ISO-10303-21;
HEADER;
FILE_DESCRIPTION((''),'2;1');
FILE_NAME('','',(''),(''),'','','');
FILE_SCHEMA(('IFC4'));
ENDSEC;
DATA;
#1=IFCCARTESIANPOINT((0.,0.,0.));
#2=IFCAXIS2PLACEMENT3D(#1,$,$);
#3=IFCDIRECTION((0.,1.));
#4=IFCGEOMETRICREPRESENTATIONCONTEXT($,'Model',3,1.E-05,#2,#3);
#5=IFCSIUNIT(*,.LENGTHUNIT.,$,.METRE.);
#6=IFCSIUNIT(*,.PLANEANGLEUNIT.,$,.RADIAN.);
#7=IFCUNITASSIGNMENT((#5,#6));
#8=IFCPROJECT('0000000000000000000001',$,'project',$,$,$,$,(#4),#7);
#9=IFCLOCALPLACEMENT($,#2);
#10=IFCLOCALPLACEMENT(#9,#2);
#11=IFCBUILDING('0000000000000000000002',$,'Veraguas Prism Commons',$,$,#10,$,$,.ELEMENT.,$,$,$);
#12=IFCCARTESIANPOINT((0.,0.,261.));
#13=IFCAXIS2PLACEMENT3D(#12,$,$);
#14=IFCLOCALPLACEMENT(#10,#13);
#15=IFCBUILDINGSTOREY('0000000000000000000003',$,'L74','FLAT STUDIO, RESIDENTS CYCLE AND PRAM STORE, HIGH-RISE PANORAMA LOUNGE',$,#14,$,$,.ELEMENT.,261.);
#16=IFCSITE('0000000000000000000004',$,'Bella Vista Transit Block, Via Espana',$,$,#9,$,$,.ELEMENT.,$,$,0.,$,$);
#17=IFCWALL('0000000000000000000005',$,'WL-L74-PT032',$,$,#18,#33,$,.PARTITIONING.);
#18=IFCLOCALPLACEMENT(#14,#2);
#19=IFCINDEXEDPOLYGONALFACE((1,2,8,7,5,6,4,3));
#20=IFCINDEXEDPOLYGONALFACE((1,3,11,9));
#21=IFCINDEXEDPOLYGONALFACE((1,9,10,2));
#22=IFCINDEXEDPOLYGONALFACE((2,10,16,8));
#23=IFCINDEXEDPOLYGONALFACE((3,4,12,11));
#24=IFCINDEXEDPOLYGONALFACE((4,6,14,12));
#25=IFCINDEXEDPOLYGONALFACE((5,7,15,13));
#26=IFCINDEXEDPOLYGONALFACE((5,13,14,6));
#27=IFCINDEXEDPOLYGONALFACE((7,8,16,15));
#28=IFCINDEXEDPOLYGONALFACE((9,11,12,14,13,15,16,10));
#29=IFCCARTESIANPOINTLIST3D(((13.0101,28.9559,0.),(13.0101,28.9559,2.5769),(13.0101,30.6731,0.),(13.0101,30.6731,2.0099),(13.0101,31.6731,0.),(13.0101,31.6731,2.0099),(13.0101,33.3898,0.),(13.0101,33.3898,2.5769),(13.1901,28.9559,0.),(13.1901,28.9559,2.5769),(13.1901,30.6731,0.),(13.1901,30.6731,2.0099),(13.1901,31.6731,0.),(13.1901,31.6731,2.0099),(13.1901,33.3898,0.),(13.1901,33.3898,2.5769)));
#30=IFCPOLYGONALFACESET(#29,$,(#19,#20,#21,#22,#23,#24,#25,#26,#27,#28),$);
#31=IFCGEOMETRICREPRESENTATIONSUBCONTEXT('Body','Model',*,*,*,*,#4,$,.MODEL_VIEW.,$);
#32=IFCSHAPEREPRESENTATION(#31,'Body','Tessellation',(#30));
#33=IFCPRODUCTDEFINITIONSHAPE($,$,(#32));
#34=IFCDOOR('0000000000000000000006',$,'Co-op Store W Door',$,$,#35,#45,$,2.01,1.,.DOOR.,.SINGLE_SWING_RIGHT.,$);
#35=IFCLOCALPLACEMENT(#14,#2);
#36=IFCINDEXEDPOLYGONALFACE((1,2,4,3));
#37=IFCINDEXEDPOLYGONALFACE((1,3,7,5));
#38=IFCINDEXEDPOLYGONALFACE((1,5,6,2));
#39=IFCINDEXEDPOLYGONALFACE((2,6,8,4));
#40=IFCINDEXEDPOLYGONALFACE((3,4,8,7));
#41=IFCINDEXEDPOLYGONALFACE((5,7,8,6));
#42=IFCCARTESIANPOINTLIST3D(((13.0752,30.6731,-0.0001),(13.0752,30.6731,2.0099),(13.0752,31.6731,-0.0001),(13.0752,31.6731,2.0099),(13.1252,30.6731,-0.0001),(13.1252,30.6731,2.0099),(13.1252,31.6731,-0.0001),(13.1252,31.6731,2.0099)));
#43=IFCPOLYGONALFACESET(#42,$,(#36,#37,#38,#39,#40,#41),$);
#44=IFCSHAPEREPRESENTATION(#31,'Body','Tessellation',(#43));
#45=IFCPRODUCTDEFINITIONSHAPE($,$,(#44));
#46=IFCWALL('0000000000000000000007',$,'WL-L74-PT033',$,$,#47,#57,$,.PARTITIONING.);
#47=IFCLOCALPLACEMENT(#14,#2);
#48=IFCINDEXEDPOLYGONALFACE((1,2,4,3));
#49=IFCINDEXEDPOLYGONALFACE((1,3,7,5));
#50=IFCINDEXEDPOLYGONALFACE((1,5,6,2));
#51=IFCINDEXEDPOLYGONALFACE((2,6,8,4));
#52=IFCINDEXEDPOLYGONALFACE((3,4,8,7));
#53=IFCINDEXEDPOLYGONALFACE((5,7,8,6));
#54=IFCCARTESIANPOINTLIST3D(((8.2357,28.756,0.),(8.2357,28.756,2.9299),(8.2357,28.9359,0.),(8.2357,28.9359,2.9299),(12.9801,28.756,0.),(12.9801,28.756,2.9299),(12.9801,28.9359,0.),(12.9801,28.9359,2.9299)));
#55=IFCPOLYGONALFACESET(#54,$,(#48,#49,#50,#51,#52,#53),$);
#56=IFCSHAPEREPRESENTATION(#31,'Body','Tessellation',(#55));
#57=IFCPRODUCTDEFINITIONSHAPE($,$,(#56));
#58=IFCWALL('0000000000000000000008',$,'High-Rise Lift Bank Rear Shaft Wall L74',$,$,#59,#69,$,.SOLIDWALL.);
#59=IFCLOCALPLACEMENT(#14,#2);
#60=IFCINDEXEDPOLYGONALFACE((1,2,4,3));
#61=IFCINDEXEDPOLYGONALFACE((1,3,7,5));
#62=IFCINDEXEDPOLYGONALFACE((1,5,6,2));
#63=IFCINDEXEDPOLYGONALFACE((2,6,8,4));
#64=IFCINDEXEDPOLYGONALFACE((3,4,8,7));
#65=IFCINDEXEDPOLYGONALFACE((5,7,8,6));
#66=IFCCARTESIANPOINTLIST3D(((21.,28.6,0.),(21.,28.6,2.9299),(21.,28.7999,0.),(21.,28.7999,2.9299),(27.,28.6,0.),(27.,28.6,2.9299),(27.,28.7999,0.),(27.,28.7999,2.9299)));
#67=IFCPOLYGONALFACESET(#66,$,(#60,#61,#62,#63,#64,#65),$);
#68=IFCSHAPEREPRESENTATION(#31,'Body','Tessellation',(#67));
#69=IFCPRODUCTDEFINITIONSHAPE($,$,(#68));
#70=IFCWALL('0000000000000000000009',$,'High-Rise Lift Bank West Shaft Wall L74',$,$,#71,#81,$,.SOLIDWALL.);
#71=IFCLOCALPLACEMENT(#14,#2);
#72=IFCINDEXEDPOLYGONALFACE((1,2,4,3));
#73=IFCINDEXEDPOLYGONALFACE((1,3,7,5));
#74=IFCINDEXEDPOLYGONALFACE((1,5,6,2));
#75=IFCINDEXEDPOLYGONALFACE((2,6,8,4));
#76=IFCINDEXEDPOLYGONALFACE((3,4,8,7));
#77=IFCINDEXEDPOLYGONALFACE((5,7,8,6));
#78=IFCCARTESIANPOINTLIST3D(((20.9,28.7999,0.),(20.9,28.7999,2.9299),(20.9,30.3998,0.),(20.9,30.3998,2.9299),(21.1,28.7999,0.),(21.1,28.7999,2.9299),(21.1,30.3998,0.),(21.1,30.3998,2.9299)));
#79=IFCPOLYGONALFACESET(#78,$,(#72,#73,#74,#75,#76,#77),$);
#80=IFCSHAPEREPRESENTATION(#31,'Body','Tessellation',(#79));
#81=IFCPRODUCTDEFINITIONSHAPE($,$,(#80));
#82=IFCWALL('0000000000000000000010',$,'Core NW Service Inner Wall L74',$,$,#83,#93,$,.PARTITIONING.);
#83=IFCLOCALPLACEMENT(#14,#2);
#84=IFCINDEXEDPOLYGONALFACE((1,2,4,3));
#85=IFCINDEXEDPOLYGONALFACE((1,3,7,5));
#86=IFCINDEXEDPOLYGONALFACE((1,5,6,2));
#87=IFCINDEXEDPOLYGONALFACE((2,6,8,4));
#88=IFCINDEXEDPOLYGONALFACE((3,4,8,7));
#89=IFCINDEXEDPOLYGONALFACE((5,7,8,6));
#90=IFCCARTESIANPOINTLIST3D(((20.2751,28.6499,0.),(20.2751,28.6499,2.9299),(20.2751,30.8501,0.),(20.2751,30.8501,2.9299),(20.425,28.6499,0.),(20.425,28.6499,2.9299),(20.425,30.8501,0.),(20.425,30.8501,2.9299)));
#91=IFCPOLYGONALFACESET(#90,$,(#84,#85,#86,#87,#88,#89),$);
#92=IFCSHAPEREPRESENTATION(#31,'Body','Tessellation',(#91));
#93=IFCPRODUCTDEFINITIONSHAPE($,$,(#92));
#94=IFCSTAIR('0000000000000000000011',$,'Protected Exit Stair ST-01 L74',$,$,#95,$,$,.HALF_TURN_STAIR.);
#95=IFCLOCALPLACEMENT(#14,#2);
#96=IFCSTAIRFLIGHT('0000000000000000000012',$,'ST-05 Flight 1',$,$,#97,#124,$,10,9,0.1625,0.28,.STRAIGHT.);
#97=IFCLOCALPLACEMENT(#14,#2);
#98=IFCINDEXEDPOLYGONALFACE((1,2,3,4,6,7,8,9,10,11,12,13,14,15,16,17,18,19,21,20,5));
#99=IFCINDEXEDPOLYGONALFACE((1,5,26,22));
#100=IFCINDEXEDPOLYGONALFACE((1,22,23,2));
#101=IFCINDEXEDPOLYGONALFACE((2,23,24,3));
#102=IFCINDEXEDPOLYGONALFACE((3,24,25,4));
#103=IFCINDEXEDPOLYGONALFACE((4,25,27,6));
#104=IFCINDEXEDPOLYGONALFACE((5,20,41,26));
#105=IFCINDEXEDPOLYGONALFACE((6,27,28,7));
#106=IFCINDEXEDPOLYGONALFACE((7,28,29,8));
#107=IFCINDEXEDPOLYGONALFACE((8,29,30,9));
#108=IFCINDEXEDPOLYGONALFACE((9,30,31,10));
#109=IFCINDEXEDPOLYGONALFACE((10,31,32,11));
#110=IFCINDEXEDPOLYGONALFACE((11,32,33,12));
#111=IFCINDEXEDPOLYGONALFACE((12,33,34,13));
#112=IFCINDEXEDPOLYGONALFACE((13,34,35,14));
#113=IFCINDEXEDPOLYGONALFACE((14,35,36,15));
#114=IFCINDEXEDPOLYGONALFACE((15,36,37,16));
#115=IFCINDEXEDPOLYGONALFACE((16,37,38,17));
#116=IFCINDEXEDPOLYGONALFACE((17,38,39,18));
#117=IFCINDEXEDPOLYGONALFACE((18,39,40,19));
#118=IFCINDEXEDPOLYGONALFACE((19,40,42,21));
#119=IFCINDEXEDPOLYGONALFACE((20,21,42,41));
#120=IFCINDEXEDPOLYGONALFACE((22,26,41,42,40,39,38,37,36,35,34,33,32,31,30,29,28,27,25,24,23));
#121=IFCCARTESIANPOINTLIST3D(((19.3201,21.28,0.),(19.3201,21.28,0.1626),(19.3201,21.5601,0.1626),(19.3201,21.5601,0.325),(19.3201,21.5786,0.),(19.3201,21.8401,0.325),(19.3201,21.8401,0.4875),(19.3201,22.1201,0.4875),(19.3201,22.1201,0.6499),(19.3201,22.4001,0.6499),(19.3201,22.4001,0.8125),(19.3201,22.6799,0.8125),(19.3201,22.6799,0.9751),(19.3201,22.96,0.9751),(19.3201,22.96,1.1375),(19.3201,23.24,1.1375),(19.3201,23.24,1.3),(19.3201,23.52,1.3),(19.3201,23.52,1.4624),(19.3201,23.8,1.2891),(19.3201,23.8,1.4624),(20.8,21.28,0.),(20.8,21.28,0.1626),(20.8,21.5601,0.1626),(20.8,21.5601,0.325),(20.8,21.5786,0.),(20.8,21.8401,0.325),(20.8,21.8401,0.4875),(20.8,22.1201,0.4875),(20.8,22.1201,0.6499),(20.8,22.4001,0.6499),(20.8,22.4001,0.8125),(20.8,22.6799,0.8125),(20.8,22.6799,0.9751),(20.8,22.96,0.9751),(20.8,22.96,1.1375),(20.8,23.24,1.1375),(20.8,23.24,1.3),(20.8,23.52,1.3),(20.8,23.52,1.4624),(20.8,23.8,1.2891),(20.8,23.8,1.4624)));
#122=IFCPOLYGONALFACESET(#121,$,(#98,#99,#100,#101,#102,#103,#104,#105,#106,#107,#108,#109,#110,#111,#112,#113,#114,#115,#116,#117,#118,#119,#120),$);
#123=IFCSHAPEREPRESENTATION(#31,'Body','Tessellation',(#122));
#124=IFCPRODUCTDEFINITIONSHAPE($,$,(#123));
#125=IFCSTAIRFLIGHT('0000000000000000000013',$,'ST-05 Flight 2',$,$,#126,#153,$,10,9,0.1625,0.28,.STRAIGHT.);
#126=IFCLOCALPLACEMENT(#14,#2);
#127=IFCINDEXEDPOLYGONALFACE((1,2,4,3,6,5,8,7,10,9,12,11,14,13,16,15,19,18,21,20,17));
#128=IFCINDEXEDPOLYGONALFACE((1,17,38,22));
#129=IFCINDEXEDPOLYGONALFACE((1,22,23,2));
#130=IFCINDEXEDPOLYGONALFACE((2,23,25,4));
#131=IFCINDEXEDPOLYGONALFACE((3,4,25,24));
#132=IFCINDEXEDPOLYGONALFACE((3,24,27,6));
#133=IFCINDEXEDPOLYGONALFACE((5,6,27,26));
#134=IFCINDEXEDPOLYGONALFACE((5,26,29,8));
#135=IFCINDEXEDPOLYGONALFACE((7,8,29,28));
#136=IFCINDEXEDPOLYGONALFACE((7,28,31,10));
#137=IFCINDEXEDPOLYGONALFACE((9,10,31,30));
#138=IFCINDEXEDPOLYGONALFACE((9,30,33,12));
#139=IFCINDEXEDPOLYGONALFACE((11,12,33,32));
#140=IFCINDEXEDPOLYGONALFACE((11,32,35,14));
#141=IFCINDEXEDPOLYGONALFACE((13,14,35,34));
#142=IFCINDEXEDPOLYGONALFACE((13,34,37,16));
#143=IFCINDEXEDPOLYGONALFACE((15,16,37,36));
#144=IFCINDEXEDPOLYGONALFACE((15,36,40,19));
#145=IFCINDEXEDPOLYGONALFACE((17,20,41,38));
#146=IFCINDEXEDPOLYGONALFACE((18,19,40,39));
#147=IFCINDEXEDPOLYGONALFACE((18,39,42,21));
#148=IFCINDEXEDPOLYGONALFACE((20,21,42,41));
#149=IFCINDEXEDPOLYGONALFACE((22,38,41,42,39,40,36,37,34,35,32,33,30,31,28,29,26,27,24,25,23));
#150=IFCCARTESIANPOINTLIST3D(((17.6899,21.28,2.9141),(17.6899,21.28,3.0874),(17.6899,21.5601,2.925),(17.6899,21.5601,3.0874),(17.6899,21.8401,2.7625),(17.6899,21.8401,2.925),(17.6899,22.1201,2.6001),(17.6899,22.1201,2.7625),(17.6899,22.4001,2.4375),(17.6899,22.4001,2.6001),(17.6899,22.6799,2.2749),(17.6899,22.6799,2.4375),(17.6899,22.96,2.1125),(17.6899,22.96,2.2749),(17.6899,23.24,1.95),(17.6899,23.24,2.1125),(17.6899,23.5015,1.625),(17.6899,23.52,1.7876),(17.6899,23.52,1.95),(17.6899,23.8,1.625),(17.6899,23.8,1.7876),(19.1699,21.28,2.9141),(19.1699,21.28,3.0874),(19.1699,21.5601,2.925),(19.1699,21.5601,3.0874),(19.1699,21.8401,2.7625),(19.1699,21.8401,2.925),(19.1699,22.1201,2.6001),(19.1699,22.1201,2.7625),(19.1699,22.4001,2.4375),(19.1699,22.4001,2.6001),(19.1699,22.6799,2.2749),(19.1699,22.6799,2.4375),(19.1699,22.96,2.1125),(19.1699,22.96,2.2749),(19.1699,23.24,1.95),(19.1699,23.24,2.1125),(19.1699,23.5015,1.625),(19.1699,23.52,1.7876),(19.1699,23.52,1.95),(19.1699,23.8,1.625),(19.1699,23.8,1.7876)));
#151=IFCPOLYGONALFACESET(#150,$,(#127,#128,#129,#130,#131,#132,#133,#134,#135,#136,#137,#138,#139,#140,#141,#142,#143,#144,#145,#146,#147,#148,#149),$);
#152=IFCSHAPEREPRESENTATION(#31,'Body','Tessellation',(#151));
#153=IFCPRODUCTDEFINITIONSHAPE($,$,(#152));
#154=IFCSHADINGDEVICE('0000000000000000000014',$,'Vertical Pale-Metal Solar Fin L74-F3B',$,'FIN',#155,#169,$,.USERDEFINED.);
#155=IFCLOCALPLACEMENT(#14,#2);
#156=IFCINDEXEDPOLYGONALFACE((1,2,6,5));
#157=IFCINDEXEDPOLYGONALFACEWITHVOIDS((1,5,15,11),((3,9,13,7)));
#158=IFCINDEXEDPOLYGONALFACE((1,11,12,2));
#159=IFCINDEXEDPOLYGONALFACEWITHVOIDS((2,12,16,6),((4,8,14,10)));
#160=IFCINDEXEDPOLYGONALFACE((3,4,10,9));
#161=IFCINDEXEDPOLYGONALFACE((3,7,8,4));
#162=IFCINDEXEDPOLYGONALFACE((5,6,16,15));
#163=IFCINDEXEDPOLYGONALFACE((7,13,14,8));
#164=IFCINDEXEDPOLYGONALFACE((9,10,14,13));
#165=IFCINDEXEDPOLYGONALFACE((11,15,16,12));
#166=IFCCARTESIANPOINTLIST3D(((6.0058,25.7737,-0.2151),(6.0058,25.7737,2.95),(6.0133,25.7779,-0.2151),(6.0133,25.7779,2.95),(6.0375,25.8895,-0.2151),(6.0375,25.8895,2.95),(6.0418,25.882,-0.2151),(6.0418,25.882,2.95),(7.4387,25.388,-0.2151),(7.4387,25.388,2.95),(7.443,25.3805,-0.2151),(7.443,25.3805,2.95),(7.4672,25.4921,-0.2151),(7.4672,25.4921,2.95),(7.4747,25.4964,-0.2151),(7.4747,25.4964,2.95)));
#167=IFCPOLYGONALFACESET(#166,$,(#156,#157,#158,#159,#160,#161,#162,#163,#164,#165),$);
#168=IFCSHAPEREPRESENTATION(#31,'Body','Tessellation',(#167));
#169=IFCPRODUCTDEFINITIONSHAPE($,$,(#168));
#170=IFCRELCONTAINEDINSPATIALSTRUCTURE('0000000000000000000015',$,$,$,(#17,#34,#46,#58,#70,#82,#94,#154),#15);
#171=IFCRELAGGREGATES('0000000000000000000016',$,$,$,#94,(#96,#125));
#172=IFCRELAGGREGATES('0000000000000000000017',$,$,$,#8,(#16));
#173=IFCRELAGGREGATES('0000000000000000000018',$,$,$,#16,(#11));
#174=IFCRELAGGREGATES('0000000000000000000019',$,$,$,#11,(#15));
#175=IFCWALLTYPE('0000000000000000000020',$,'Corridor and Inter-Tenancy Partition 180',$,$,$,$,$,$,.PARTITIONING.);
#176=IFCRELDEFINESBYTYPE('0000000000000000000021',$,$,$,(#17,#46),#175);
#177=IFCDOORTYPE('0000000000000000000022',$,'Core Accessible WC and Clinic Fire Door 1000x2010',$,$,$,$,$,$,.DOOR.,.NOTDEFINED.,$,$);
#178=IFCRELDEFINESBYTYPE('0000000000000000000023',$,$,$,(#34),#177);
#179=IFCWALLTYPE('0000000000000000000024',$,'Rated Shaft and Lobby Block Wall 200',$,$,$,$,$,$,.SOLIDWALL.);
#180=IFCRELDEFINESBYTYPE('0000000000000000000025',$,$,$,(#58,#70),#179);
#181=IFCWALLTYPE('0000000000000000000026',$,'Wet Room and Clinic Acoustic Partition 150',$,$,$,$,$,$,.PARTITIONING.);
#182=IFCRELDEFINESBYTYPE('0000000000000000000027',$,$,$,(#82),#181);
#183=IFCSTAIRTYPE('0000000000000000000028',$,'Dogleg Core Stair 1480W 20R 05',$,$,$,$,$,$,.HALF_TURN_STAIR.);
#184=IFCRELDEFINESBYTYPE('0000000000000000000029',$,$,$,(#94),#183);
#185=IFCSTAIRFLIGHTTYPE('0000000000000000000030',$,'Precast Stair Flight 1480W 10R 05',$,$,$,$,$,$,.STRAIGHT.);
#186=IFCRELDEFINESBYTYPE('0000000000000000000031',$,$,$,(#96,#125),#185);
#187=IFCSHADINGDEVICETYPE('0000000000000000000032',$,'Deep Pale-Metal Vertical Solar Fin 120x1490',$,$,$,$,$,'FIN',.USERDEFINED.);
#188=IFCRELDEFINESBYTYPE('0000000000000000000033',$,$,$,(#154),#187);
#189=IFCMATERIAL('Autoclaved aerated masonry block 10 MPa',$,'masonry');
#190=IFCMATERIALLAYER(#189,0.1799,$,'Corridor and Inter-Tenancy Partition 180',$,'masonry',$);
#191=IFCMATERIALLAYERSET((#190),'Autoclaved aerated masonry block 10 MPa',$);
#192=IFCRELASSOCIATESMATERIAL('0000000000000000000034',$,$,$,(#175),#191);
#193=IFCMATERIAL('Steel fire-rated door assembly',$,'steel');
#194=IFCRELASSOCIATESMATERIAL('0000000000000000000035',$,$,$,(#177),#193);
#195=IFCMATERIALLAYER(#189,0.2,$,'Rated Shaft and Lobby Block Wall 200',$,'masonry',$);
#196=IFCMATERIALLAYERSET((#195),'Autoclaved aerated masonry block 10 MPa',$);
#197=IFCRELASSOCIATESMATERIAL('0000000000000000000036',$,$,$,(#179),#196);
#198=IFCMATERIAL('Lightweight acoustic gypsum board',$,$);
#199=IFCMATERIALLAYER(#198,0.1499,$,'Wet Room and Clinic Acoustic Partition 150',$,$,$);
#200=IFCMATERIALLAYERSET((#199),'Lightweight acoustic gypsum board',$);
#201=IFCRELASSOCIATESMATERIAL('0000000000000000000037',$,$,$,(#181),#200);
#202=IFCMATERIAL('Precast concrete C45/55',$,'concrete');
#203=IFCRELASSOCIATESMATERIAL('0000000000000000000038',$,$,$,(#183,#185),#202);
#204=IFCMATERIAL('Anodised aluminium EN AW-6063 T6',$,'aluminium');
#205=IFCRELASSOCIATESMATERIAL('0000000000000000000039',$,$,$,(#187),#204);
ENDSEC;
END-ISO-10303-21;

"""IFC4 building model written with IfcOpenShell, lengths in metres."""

from ifc_helpers import new_model, si_unit, direction, frame, frame_2d, origin, origin_2d, place, context, subcontext, project, spatial, polyline, rectangle, hollow_rectangle, outline, extrude, source, transform, mapped, material, layer, layer_set, material_profile, profile_set, type_object, element, fill, aggregate, save


model = new_model("IFC4")

# Units and contexts
model_context = context("Model", 3, precision=1e-05, world=origin(), true_north=direction((0.0, 1.0)))
body_context = subcontext(model_context, "Body", "Model", "MODEL_VIEW")
ifc_project = project(units=[si_unit("LENGTHUNIT", "METRE"), si_unit("PLANEANGLEUNIT", "RADIAN")], contexts=[model_context])

# Site, building, storey
site_placement = place(None, origin())
site = spatial("IfcSite", under=ifc_project, at=site_placement, Name="Bella Vista Transit Block, Via Espana", CompositionType="ELEMENT", RefElevation=0.0)
building_placement = place(site_placement, origin())
building = spatial("IfcBuilding", under=site, at=building_placement, Name="Veraguas Prism Commons", CompositionType="ELEMENT")
storey_placement = place(building_placement, frame((0.0, 0.0, 261.0)))
storey = spatial("IfcBuildingStorey", under=building, at=storey_placement, Name="L74", Description="FLAT STUDIO, RESIDENTS CYCLE AND PRAM STORE, HIGH-RISE PANORAMA LOUNGE", CompositionType="ELEMENT", Elevation=261.0)

# Shared definitions
ifc_material_1 = material(Name="Anodised aluminium EN AW-6063 T6", Category="aluminium")

# Shared definitions
ifc_material_2 = material(Name="Autoclaved aerated masonry block 10 MPa", Category="masonry")
ifc_layer_1 = layer(ifc_material_2, 0.1799, Name="Corridor and Inter-Tenancy Partition 180", Category="masonry")
ifc_layer_set_1 = layer_set([ifc_layer_1], Name="Autoclaved aerated masonry block 10 MPa")
wall_type_1 = type_object("IfcWallType", Name="Corridor and Inter-Tenancy Partition 180", PredefinedType="PARTITIONING", material=ifc_layer_set_1)

# Wall, opening, door
ifc_material_3 = material(Name="Steel fire-rated door assembly", Category="steel")
door_type = type_object("IfcDoorType", Name="Core Accessible WC and Clinic Fire Door 1000x2010", OperationType="NOTDEFINED", PredefinedType="DOOR", material=ifc_material_3)
shared_shape_1 = source(origin(), body_context, "Body", "SweptSolid", [
    extrude(rectangle(XDim=1.0, YDim=2.01, at=frame_2d((0.5, 1.0049))), frame((0.0, 0.0249, 0.0), z_axis=(0.0, -1.0, 0.0), x_axis=(1.0, 0.0, 0.0)), (0.0, 0.0, 1.0), 0.05),
])
wall_1_placement = place(storey_placement, frame((13.1001, 28.9561, 0.0), z_axis=(0.0, 0.0, 1.0), x_axis=(0.0, 1.0, 0.0)))
wall_1 = element("IfcWall", 1, at=wall_1_placement, inside=storey, type_object=wall_type_1, Name="WL-L74-PT032", PredefinedType="PARTITIONING", context=body_context, shape_type="SweptSolid", body=[
    extrude(rectangle(XDim=4.4338, YDim=0.1799, at=frame_2d((2.2168, 0.0))), origin(), (0.0, 0.0, 1.0), 2.5769),
])
opening_1_placement = place(wall_1_placement, frame((1.717, 0.0, 0.0)))
opening_1 = element("IfcOpeningElement", 2, at=opening_1_placement, cuts=wall_1, PredefinedType="OPENING", context=body_context, shape_type="SweptSolid", body=[
    extrude(rectangle(XDim=1.0, YDim=2.01, at=frame_2d((0.5, 1.0049))), frame((0.0, 0.0999, 0.0), z_axis=(0.0, -1.0, 0.0), x_axis=(1.0, 0.0, 0.0)), (0.0, 0.0, 1.0), 0.2),
])
door_1_placement = place(opening_1_placement, origin())
door_1 = element("IfcDoor", 3, at=door_1_placement, inside=storey, type_object=door_type, Name="Co-op Store W Door", OperationType="SINGLE_SWING_RIGHT", OverallHeight=2.01, OverallWidth=1.0, PredefinedType="DOOR", context=body_context, shape_type="MappedRepresentation", body=[
    mapped(shared_shape_1, transform((0.0, 0.0, 0.0), scale=1.0)),
])
fill(opening_1, door_1)

# Walls
wall_2_placement = place(storey_placement, frame((12.98, 28.8459, 0.0), z_axis=(0.0, 0.0, 1.0), x_axis=(-1.0, 0.0, 0.0)))
element("IfcWall", 4, at=wall_2_placement, inside=storey, type_object=wall_type_1, Name="WL-L74-PT033", PredefinedType="PARTITIONING", context=body_context, shape_type="SweptSolid", body=[
    extrude(rectangle(XDim=4.7444, YDim=0.1799, at=frame_2d((2.3721, 0.0))), origin(), (0.0, 0.0, 1.0), 2.9299),
])
ifc_layer_2 = layer(ifc_material_2, 0.2, Name="Rated Shaft and Lobby Block Wall 200", Category="masonry")
ifc_layer_set_2 = layer_set([ifc_layer_2], Name="Autoclaved aerated masonry block 10 MPa")
wall_type_2 = type_object("IfcWallType", Name="Rated Shaft and Lobby Block Wall 200", PredefinedType="SOLIDWALL", material=ifc_layer_set_2)
wall_3_placement = place(storey_placement, frame((21.0, 28.7, 0.0), z_axis=(0.0, 0.0, 1.0), x_axis=(1.0, 0.0, 0.0)))
element("IfcWall", 5, at=wall_3_placement, inside=storey, type_object=wall_type_2, Name="High-Rise Lift Bank Rear Shaft Wall L74", PredefinedType="SOLIDWALL", context=body_context, shape_type="SweptSolid", body=[
    extrude(rectangle(XDim=6.0, YDim=0.2, at=frame_2d((3.0, 0.0))), origin(), (0.0, 0.0, 1.0), 2.9299),
])
wall_4_placement = place(storey_placement, frame((21.0, 28.8, 0.0), z_axis=(0.0, 0.0, 1.0), x_axis=(0.0, 1.0, 0.0)))
element("IfcWall", 6, at=wall_4_placement, inside=storey, type_object=wall_type_2, Name="High-Rise Lift Bank West Shaft Wall L74", PredefinedType="SOLIDWALL", context=body_context, shape_type="SweptSolid", body=[
    extrude(rectangle(XDim=1.5999, YDim=0.2, at=frame_2d((0.7998, 0.0))), origin(), (0.0, 0.0, 1.0), 2.9299),
])
ifc_material_4 = material(Name="Lightweight acoustic gypsum board")
ifc_layer_3 = layer(ifc_material_4, 0.1499, Name="Wet Room and Clinic Acoustic Partition 150")
ifc_layer_set_3 = layer_set([ifc_layer_3], Name="Lightweight acoustic gypsum board")
wall_type_3 = type_object("IfcWallType", Name="Wet Room and Clinic Acoustic Partition 150", PredefinedType="PARTITIONING", material=ifc_layer_set_3)
wall_5_placement = place(storey_placement, frame((20.3501, 28.6499, 0.0), z_axis=(0.0, 0.0, 1.0), x_axis=(0.0, 1.0, 0.0)))
element("IfcWall", 7, at=wall_5_placement, inside=storey, type_object=wall_type_3, Name="Core NW Service Inner Wall L74", PredefinedType="PARTITIONING", context=body_context, shape_type="SweptSolid", body=[
    extrude(rectangle(XDim=2.2002, YDim=0.1499, at=frame_2d((1.1001, 0.0))), origin(), (0.0, 0.0, 1.0), 2.9299),
])

# Stair, stair flights
ifc_material_5 = material(Name="Precast concrete C45/55", Category="concrete")
stair_type = type_object("IfcStairType", Name="Dogleg Core Stair 1480W 20R 05", PredefinedType="HALF_TURN_STAIR", material=ifc_material_5)
stair_placement = place(storey_placement, origin())
stair = element("IfcStair", 8, at=stair_placement, inside=storey, type_object=stair_type, Name="Protected Exit Stair ST-01 L74", PredefinedType="HALF_TURN_STAIR")
stair_flight_type = type_object("IfcStairFlightType", Name="Precast Stair Flight 1480W 10R 05", PredefinedType="STRAIGHT", material=ifc_material_5)
stair_flight_1_placement = place(storey_placement, frame((20.0601, 21.28, 0.0), z_axis=(0.0, 0.0, 1.0), x_axis=(0.0, 1.0, 0.0)))
stair_flight_1 = element("IfcStairFlight", 9, at=stair_flight_1_placement, type_object=stair_flight_type, Name="ST-05 Flight 1", NumberOfRisers=10, NumberOfTreads=9, PredefinedType="STRAIGHT", RiserHeight=0.1625, TreadLength=0.28, context=body_context, shape_type="SweptSolid", body=[
    extrude(outline(polyline([(0.0, 0.0), (0.0, 0.1626), (0.28, 0.1626), (0.28, 0.325), (0.5601, 0.325), (0.5601, 0.4875), (0.8401, 0.4875), (0.8401, 0.6499), (1.1201, 0.6499), (1.1201, 0.8125), (1.3999, 0.8125), (1.3999, 0.9751), (1.6799, 0.9751), (1.6799, 1.1375), (1.96, 1.1375), (1.96, 1.3), (2.24, 1.3), (2.24, 1.4624), (2.52, 1.4624), (2.52, 1.625), (2.52, 1.2891), (0.2986, 0.0), (0.0, 0.0)])), frame((0.0, 0.74, 0.0), z_axis=(0.0, -1.0, 0.0), x_axis=(1.0, 0.0, 0.0)), (0.0, 0.0, 1.0), 1.48),
])
stair_flight_2_placement = place(storey_placement, frame((18.4299, 23.8, 1.625), z_axis=(0.0, 0.0, 1.0), x_axis=(0.0, -1.0, 0.0)))
stair_flight_2 = element("IfcStairFlight", 10, at=stair_flight_2_placement, type_object=stair_flight_type, Name="ST-05 Flight 2", NumberOfRisers=10, NumberOfTreads=9, PredefinedType="STRAIGHT", RiserHeight=0.1625, TreadLength=0.28, context=body_context, shape_type="SweptSolid", body=[
    extrude(outline(polyline([(0.0, 0.0), (0.0, 0.1626), (0.28, 0.1626), (0.28, 0.325), (0.5601, 0.325), (0.5601, 0.4875), (0.8401, 0.4875), (0.8401, 0.6499), (1.1201, 0.6499), (1.1201, 0.8125), (1.3999, 0.8125), (1.3999, 0.9751), (1.6799, 0.9751), (1.6799, 1.1375), (1.96, 1.1375), (1.96, 1.3), (2.24, 1.3), (2.24, 1.4624), (2.52, 1.4624), (2.52, 1.625), (2.52, 1.2891), (0.2986, 0.0), (0.0, 0.0)])), frame((0.0, 0.74, 0.0), z_axis=(0.0, -1.0, 0.0), x_axis=(1.0, 0.0, 0.0)), (0.0, 0.0, 1.0), 1.48),
])
aggregate(stair, [stair_flight_1, stair_flight_2])

# Shading device
ifc_material_profile_1 = material_profile(ifc_material_1, hollow_rectangle(XDim=0.1201, YDim=1.49, WallThickness=0.0061, at=origin_2d()), Name="FIN120X1490X6")
ifc_profile_set_1 = profile_set([ifc_material_profile_1], Name="Anodised aluminium EN AW-6063 T6")
shading_device_type = type_object("IfcShadingDeviceType", Name="Deep Pale-Metal Vertical Solar Fin 120x1490", ElementType="FIN", PredefinedType="USERDEFINED", material=ifc_profile_set_1)
shading_device_placement = place(storey_placement, frame((6.7402, 25.635, -0.2151), z_axis=(0.0, 0.0, 1.0), x_axis=(-0.263878, -0.964556, 0.0)))
element("IfcShadingDevice", 11, at=shading_device_placement, inside=storey, type_object=shading_device_type, Name="Vertical Pale-Metal Solar Fin L74-F3B", ObjectType="FIN", PredefinedType="USERDEFINED", context=body_context, shape_type="SweptSolid", body=[
    extrude(hollow_rectangle(XDim=0.1201, YDim=1.49, WallThickness=0.0061, at=origin_2d()), origin(), (0.0, 0.0, 1.0), 3.165),
])

save(model, "model.ifc")
